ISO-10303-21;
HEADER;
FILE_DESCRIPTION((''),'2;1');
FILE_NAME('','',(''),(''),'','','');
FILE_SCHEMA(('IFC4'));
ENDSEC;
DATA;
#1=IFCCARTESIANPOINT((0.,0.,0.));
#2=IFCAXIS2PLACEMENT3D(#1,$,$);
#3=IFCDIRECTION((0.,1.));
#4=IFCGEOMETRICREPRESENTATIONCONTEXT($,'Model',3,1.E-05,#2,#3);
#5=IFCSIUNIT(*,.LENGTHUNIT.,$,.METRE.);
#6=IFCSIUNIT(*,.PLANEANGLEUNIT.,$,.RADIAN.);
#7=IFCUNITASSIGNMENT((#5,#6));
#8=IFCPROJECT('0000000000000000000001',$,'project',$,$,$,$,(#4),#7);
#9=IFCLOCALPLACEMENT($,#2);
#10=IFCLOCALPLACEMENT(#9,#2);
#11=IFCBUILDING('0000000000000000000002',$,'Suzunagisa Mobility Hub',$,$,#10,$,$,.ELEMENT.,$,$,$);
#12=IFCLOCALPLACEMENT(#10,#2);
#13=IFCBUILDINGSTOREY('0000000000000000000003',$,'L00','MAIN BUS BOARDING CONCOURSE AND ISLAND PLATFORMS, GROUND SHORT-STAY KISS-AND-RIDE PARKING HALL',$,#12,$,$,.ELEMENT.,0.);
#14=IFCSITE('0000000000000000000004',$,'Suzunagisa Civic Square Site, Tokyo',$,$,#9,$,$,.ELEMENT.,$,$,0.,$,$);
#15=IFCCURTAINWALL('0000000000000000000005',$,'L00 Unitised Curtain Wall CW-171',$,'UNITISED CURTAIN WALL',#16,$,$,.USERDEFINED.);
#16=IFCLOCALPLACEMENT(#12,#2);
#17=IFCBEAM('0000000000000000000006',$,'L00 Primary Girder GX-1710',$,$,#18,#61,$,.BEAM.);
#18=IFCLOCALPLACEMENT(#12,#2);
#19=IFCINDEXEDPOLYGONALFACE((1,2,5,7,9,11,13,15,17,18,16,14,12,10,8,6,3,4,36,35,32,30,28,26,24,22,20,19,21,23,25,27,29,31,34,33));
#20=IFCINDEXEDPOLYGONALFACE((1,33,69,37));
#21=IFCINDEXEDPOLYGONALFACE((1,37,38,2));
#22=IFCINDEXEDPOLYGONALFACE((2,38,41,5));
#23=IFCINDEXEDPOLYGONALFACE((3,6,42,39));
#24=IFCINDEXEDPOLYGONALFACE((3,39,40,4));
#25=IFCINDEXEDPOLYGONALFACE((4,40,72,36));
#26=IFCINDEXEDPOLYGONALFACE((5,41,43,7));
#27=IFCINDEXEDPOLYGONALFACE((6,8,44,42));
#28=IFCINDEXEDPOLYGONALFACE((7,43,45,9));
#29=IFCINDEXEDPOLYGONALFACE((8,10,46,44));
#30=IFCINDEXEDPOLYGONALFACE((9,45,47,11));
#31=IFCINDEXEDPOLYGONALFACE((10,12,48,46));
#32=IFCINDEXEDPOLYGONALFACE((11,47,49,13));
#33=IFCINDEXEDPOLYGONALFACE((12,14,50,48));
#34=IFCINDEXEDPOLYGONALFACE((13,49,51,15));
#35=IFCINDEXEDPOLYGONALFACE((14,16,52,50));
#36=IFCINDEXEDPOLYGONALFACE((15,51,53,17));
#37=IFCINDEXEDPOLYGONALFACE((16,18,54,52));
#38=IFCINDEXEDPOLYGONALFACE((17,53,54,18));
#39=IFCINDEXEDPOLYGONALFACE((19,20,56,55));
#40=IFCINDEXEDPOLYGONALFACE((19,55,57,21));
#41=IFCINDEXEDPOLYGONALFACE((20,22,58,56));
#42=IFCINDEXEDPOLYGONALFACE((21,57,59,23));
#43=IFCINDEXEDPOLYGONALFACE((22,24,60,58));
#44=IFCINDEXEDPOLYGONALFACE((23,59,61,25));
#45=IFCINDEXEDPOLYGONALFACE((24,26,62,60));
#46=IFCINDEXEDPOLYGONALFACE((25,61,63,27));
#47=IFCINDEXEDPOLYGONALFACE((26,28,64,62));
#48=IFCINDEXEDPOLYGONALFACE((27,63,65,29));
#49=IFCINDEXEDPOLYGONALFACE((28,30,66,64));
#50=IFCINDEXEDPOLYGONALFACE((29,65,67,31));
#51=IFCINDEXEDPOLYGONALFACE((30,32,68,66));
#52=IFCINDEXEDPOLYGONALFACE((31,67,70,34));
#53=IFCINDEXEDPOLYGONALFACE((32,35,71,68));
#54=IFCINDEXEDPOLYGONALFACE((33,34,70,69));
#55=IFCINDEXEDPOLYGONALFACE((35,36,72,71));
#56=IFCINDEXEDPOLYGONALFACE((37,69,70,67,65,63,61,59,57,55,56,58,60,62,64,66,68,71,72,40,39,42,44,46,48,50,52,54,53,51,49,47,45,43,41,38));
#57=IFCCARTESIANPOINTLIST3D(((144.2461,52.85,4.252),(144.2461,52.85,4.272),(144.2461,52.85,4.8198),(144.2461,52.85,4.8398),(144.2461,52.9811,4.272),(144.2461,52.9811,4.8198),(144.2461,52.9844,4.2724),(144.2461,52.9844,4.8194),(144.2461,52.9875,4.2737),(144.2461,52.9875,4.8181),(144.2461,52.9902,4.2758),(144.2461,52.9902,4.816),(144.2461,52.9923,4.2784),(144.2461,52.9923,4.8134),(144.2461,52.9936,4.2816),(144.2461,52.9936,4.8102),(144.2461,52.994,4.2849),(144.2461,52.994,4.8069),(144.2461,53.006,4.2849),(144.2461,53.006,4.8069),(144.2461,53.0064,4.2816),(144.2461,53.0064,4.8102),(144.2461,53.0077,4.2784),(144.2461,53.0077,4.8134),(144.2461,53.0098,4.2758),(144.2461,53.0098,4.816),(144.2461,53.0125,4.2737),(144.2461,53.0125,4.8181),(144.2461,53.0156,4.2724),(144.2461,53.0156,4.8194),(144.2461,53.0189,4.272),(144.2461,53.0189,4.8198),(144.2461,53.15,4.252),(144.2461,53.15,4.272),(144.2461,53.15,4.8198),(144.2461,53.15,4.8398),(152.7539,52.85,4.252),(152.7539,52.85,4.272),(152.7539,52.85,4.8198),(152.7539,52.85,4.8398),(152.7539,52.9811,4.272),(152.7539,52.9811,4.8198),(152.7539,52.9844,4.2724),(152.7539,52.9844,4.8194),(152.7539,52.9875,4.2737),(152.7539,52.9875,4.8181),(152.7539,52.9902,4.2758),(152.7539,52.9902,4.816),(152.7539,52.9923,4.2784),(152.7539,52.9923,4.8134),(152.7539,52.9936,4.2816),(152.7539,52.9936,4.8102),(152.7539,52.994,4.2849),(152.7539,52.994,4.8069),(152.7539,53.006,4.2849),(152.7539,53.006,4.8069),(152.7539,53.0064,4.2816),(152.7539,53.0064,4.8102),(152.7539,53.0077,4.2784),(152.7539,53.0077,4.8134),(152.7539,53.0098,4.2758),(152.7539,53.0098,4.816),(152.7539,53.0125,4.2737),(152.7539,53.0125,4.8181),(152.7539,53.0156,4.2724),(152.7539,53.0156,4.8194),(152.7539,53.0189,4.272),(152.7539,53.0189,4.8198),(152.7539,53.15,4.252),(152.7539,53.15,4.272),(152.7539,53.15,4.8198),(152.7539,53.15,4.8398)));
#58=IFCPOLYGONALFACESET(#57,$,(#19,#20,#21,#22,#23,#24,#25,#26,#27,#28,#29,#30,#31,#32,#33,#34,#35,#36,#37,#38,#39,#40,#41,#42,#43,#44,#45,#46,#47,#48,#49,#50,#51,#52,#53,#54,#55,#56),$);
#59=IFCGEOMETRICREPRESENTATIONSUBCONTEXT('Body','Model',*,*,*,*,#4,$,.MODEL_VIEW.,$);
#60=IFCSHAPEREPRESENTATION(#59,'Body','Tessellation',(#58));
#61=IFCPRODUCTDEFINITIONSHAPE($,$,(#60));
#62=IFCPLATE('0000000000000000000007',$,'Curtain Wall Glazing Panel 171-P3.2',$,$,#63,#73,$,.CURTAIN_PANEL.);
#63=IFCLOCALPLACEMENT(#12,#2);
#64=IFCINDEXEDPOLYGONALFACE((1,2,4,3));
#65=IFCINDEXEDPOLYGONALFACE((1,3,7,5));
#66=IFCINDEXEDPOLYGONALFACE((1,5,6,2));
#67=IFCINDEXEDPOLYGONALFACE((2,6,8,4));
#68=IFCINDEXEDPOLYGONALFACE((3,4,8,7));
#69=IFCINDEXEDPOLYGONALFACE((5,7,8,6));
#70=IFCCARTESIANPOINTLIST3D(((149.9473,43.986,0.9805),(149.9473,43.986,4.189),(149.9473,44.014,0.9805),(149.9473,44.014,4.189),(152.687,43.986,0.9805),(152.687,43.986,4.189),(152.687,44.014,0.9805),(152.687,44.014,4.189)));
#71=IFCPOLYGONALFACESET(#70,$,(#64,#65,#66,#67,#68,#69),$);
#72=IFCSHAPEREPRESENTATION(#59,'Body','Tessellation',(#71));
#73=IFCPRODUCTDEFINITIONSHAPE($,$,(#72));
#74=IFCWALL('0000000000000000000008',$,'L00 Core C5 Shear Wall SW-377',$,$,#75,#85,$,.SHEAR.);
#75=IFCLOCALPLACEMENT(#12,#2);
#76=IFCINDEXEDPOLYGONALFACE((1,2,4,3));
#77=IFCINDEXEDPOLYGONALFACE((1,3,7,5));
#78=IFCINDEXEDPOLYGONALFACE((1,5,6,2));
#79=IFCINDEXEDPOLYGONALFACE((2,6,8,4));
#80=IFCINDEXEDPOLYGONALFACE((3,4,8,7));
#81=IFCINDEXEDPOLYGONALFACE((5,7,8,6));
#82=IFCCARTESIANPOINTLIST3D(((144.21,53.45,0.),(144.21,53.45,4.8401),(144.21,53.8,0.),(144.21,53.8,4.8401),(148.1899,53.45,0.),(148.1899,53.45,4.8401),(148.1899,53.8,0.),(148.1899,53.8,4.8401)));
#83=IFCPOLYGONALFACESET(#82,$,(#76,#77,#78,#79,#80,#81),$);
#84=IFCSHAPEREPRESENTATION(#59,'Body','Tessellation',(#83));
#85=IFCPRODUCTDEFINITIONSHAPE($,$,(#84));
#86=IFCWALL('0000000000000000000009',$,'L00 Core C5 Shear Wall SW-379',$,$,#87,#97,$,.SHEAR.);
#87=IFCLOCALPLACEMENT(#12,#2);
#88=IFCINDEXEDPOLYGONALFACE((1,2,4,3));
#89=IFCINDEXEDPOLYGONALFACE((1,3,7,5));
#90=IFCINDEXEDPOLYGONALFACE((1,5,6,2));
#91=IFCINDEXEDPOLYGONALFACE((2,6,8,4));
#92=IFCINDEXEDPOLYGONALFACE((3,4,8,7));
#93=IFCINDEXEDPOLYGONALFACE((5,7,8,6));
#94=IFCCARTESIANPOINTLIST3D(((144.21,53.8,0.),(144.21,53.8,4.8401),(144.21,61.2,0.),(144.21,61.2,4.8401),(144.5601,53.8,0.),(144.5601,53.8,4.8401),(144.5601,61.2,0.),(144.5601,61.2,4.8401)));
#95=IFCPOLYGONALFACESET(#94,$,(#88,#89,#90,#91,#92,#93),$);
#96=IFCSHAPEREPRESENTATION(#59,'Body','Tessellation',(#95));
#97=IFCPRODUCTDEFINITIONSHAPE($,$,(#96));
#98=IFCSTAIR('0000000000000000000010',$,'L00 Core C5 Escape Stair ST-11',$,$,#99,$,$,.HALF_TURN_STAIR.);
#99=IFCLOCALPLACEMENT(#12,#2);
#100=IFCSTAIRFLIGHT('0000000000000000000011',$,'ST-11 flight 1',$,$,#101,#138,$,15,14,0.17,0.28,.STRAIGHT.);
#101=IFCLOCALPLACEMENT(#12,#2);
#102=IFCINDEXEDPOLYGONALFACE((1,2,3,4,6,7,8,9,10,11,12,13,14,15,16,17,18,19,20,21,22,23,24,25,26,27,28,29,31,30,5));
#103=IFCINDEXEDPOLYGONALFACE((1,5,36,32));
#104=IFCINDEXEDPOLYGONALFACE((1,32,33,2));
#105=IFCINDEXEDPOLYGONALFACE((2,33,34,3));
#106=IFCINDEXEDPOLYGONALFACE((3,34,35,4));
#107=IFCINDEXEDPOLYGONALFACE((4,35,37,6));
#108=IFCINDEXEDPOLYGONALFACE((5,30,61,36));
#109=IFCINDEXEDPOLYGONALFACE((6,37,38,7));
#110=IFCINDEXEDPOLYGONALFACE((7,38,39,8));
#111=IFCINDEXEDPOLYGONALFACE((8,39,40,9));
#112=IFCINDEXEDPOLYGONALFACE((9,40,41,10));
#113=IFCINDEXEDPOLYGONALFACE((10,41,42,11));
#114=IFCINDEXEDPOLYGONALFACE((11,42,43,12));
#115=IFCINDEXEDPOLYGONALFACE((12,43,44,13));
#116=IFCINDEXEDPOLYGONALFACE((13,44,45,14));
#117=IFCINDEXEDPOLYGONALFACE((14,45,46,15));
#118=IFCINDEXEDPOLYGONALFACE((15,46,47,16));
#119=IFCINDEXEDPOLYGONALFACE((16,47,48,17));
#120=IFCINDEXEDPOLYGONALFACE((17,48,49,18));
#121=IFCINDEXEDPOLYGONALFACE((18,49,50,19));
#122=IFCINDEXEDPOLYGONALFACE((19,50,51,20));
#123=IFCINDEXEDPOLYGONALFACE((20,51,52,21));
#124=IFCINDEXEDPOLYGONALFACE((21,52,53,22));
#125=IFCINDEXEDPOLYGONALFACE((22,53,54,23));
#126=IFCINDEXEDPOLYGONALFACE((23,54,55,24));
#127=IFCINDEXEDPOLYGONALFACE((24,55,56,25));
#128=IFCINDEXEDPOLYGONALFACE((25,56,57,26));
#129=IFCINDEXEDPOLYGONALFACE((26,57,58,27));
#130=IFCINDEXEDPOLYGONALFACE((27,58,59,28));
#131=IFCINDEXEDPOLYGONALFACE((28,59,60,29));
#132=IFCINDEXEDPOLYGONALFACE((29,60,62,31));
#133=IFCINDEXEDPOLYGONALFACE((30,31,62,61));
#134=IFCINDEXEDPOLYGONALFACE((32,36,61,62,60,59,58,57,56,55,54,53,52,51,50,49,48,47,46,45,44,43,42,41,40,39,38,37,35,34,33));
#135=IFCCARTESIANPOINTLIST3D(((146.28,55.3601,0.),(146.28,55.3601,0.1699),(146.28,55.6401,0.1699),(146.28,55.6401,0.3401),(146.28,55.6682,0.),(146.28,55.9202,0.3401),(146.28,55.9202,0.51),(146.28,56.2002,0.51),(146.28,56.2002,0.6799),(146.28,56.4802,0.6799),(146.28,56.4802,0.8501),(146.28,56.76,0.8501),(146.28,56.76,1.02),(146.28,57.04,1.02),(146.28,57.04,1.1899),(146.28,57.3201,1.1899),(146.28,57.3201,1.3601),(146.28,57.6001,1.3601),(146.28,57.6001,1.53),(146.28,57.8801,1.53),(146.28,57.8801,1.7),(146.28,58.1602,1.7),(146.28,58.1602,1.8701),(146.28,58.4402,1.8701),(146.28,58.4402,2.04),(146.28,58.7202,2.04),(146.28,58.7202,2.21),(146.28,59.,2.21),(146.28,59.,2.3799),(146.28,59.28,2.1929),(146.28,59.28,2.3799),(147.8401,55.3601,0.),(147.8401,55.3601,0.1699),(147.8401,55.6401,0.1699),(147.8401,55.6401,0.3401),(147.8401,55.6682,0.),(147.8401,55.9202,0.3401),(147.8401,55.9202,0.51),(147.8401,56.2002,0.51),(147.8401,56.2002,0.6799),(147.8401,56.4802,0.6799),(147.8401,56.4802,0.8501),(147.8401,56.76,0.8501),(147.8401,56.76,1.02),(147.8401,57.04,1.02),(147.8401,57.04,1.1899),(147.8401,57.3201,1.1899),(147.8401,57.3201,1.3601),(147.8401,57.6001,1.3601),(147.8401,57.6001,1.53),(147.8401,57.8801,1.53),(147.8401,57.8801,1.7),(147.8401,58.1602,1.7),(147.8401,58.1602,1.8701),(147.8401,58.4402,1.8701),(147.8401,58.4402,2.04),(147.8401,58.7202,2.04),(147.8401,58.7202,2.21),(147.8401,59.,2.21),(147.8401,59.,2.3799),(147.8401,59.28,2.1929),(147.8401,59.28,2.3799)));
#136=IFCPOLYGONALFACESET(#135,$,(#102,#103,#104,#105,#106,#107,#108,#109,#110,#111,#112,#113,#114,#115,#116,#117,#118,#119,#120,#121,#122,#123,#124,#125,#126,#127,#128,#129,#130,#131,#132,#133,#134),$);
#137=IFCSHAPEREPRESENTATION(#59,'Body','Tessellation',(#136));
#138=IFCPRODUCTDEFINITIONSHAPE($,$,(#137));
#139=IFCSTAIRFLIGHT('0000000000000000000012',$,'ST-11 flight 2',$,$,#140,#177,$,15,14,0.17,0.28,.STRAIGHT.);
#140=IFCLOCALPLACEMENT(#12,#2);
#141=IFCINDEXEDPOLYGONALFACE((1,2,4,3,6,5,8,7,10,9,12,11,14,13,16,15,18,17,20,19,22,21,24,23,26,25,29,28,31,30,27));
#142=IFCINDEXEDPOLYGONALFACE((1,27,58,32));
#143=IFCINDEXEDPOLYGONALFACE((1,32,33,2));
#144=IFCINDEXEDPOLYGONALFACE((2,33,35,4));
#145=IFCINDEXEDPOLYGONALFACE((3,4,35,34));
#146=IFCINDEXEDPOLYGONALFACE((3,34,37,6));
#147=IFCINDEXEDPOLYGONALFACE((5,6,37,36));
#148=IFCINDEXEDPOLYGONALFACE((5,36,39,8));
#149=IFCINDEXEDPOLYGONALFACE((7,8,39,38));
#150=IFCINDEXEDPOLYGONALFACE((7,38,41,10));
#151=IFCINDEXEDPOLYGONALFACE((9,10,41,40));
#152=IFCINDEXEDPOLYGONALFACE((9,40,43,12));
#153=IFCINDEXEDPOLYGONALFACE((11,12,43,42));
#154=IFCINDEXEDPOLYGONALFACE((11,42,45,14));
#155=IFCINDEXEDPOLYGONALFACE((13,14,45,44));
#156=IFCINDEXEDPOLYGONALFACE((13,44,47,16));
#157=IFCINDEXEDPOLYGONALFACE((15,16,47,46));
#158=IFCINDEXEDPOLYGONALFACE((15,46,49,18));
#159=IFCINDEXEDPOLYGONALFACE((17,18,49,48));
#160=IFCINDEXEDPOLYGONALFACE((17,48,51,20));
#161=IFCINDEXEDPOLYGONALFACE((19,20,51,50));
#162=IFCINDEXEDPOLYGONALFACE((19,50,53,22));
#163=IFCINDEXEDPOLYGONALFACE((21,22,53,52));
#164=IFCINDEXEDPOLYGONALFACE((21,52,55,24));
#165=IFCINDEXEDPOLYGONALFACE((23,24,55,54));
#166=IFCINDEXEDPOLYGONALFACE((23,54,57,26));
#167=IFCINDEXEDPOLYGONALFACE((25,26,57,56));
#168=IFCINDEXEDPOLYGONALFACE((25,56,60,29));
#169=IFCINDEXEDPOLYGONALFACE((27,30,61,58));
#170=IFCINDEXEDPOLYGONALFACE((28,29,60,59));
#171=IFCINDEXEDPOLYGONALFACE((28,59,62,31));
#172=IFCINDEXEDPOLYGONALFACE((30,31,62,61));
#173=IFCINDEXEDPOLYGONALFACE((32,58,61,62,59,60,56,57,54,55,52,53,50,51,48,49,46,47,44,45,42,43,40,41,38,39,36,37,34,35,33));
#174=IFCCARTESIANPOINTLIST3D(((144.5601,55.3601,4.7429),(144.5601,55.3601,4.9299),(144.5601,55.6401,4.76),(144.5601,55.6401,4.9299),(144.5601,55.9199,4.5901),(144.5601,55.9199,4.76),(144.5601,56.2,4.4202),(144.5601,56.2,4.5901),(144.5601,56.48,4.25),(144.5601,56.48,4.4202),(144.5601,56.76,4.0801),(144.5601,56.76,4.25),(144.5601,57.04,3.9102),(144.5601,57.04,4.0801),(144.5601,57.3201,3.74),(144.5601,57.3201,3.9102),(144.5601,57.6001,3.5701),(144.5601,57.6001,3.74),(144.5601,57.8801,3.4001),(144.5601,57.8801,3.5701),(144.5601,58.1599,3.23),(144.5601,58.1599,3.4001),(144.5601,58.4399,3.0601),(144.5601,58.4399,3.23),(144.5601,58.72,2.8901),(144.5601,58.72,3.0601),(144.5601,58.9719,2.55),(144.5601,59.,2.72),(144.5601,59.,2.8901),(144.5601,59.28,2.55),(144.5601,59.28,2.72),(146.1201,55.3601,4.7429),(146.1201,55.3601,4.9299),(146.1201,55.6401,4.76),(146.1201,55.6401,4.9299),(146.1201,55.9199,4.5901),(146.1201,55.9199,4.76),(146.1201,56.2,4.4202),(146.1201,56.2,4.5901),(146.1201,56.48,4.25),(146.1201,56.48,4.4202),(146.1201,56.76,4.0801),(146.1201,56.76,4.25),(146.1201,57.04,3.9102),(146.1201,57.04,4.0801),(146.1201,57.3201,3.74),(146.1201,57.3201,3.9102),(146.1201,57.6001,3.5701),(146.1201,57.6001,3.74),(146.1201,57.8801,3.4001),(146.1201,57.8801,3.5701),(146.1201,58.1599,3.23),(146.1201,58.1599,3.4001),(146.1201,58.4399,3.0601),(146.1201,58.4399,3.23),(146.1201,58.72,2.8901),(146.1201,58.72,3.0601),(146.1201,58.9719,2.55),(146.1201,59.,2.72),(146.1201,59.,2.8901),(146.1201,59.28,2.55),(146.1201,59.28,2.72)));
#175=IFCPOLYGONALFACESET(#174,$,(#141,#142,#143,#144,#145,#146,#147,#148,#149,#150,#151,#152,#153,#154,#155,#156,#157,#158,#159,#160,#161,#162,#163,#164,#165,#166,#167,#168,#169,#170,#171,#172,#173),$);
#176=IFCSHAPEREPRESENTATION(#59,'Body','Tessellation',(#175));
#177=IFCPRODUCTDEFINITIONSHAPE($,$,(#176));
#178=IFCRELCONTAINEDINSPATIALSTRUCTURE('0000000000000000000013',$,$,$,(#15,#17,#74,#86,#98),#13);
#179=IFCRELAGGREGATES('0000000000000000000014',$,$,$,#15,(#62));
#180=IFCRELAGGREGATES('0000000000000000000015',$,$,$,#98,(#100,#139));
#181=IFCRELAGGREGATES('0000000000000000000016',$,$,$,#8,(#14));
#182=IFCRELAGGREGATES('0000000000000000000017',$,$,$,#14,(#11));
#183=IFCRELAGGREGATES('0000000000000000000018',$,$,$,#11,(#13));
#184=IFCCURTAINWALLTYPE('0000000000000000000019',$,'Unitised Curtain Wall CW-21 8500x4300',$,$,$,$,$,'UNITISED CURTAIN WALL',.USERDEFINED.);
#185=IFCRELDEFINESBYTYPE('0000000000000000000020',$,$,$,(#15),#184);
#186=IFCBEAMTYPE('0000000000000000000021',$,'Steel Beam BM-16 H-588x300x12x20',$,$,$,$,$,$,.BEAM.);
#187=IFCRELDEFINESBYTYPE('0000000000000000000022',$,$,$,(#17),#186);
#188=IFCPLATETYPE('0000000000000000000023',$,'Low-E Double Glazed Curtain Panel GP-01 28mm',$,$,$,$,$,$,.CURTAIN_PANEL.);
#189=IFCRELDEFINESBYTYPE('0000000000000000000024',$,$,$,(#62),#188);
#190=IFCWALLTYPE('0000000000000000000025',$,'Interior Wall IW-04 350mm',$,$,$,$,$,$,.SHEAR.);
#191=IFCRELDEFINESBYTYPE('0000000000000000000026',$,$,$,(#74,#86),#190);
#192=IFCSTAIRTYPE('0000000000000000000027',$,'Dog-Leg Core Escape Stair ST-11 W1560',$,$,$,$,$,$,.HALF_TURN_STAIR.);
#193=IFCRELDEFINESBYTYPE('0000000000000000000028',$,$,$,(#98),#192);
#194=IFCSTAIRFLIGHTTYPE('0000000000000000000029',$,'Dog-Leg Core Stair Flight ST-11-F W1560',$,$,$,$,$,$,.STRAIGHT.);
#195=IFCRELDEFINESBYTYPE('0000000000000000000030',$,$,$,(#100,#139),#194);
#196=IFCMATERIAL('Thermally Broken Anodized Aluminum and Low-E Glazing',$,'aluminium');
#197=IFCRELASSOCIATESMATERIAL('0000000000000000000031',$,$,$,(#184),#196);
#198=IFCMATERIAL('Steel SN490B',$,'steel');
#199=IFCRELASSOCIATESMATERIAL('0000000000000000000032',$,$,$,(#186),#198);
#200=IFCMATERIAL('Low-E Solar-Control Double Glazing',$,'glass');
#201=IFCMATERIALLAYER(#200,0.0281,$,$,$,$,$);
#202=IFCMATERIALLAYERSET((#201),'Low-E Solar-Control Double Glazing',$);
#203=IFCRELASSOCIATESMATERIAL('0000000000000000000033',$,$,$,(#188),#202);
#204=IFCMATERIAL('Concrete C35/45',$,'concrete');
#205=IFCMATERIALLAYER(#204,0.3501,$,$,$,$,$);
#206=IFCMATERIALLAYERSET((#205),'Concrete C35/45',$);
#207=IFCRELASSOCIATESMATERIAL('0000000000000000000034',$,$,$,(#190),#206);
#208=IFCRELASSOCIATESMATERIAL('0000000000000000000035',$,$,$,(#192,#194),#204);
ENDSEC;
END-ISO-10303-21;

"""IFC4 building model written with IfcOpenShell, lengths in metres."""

from ifc_helpers import new_model, si_unit, direction, frame, frame_2d, origin, origin_2d, place, context, subcontext, project, spatial, polyline, rectangle, i_section, outline, extrude, material, layer, layer_set, material_profile, profile_set, type_object, element, aggregate, save


model = new_model("IFC4")

# Units and contexts
model_context = context("Model", 3, precision=1e-05, world=origin(), true_north=direction((0.0, 1.0)))
body_context = subcontext(model_context, "Body", "Model", "MODEL_VIEW")
ifc_project = project(units=[si_unit("LENGTHUNIT", "METRE"), si_unit("PLANEANGLEUNIT", "RADIAN")], contexts=[model_context])

# Site, building, storey
site_placement = place(None, origin())
site = spatial("IfcSite", under=ifc_project, at=site_placement, Name="Suzunagisa Civic Square Site, Tokyo", CompositionType="ELEMENT", RefElevation=0.0)
building_placement = place(site_placement, origin())
building = spatial("IfcBuilding", under=site, at=building_placement, Name="Suzunagisa Mobility Hub", CompositionType="ELEMENT")
storey_placement = place(building_placement, origin())
storey = spatial("IfcBuildingStorey", under=building, at=storey_placement, Name="L00", Description="MAIN BUS BOARDING CONCOURSE AND ISLAND PLATFORMS, GROUND SHORT-STAY KISS-AND-RIDE PARKING HALL", CompositionType="ELEMENT", Elevation=0.0)

# Shared definitions
ifc_material_1 = material(Name="Steel SN490B", Category="steel")

# Curtain wall
ifc_material_2 = material(Name="Thermally Broken Anodized Aluminum and Low-E Glazing", Category="aluminium")
curtain_wall_type = type_object("IfcCurtainWallType", Name="Unitised Curtain Wall CW-21 8500x4300", ElementType="UNITISED CURTAIN WALL", PredefinedType="USERDEFINED", material=ifc_material_2)
curtain_wall_placement = place(storey_placement, origin())
curtain_wall = element("IfcCurtainWall", 1, at=curtain_wall_placement, inside=storey, type_object=curtain_wall_type, Name="L00 Unitised Curtain Wall CW-171", ObjectType="UNITISED CURTAIN WALL", PredefinedType="USERDEFINED")

# Beam
ifc_material_profile_1 = material_profile(ifc_material_1, i_section(OverallWidth=0.3, OverallDepth=0.5879, WebThickness=0.012, FlangeThickness=0.02, FilletRadius=0.0129, at=origin_2d()), Name="H-588x300x12x20")
ifc_profile_set_1 = profile_set([ifc_material_profile_1], Name="Steel SN490B")
beam_type_1 = type_object("IfcBeamType", Name="Steel Beam BM-16 H-588x300x12x20", PredefinedType="BEAM", material=ifc_profile_set_1)
beam_1_placement = place(storey_placement, frame((144.2461, 53.0, 4.5459), z_axis=(1.0, 0.0, 0.0), x_axis=(0.0, 1.0, 0.0)))
element("IfcBeam", 2, at=beam_1_placement, inside=storey, type_object=beam_type_1, Name="L00 Primary Girder GX-1710", PredefinedType="BEAM", context=body_context, shape_type="SweptSolid", body=[
    extrude(i_section(OverallWidth=0.3, OverallDepth=0.5879, WebThickness=0.012, FlangeThickness=0.02, FilletRadius=0.0129, at=origin_2d()), origin(), (0.0, 0.0, 1.0), 8.5078),
])

# Plate
ifc_material_3 = material(Name="Low-E Solar-Control Double Glazing", Category="glass")
ifc_layer_1 = layer(ifc_material_3, 0.0281)
ifc_layer_set_1 = layer_set([ifc_layer_1], Name="Low-E Solar-Control Double Glazing")
plate_type = type_object("IfcPlateType", Name="Low-E Double Glazed Curtain Panel GP-01 28mm", PredefinedType="CURTAIN_PANEL", material=ifc_layer_set_1)
plate_placement = place(storey_placement, frame((151.3171, 44.0, 0.9805), z_axis=(0.0, 0.0, 1.0), x_axis=(1.0, 0.0, 0.0)))
plate = element("IfcPlate", 3, at=plate_placement, type_object=plate_type, Name="Curtain Wall Glazing Panel 171-P3.2", PredefinedType="CURTAIN_PANEL", context=body_context, shape_type="SweptSolid", body=[
    extrude(rectangle(XDim=2.7397, YDim=0.0281, at=origin_2d()), origin(), (0.0, 0.0, 1.0), 3.2085),
])
aggregate(curtain_wall, [plate])

# Walls
ifc_material_4 = material(Name="Concrete C35/45", Category="concrete")
ifc_layer_2 = layer(ifc_material_4, 0.3501)
ifc_layer_set_2 = layer_set([ifc_layer_2], Name="Concrete C35/45")
wall_type_1 = type_object("IfcWallType", Name="Interior Wall IW-04 350mm", PredefinedType="SHEAR", material=ifc_layer_set_2)
wall_1_placement = place(storey_placement, frame((144.21, 53.625, 0.0), z_axis=(0.0, 0.0, 1.0), x_axis=(1.0, 0.0, 0.0)))
element("IfcWall", 4, at=wall_1_placement, inside=storey, type_object=wall_type_1, Name="L00 Core C5 Shear Wall SW-377", PredefinedType="SHEAR", context=body_context, shape_type="SweptSolid", body=[
    extrude(rectangle(XDim=3.98, YDim=0.3501, at=frame_2d((1.99, 0.0))), origin(), (0.0, 0.0, 1.0), 4.8401),
])
wall_2_placement = place(storey_placement, frame((144.385, 53.8, 0.0), z_axis=(0.0, 0.0, 1.0), x_axis=(0.0, 1.0, 0.0)))
element("IfcWall", 5, at=wall_2_placement, inside=storey, type_object=wall_type_1, Name="L00 Core C5 Shear Wall SW-379", PredefinedType="SHEAR", context=body_context, shape_type="SweptSolid", body=[
    extrude(rectangle(XDim=7.3999, YDim=0.3501, at=frame_2d((3.7, 0.0))), origin(), (0.0, 0.0, 1.0), 4.8401),
])

# Stair, stair flights
stair_type = type_object("IfcStairType", Name="Dog-Leg Core Escape Stair ST-11 W1560", PredefinedType="HALF_TURN_STAIR", material=ifc_material_4)
stair_placement = place(storey_placement, origin())
stair = element("IfcStair", 6, at=stair_placement, inside=storey, type_object=stair_type, Name="L00 Core C5 Escape Stair ST-11", PredefinedType="HALF_TURN_STAIR")
stair_flight_type = type_object("IfcStairFlightType", Name="Dog-Leg Core Stair Flight ST-11-F W1560", PredefinedType="STRAIGHT", material=ifc_material_4)
stair_flight_1_placement = place(storey_placement, frame((147.0601, 55.3601, 0.0), z_axis=(0.0, 0.0, 1.0), x_axis=(0.0, 1.0, 0.0)))
stair_flight_1 = element("IfcStairFlight", 7, at=stair_flight_1_placement, type_object=stair_flight_type, Name="ST-11 flight 1", NumberOfRisers=15, NumberOfTreads=14, PredefinedType="STRAIGHT", RiserHeight=0.17, TreadLength=0.28, context=body_context, shape_type="SweptSolid", body=[
    extrude(outline(polyline([(0.0, 0.0), (0.0, 0.1699), (0.28, 0.1699), (0.28, 0.3401), (0.5601, 0.3401), (0.5601, 0.51), (0.8401, 0.51), (0.8401, 0.6799), (1.1201, 0.6799), (1.1201, 0.8501), (1.3999, 0.8501), (1.3999, 1.02), (1.6799, 1.02), (1.6799, 1.1899), (1.96, 1.1899), (1.96, 1.3601), (2.24, 1.3601), (2.24, 1.53), (2.52, 1.53), (2.52, 1.7), (2.8, 1.7), (2.8, 1.8701), (3.0801, 1.8701), (3.0801, 2.04), (3.3601, 2.04), (3.3601, 2.21), (3.6399, 2.21), (3.6399, 2.3799), (3.9199, 2.3799), (3.9199, 2.55), (3.9199, 2.1929), (0.3081, 0.0), (0.0, 0.0)])), frame((0.0, 0.78, 0.0), z_axis=(0.0, -1.0, 0.0), x_axis=(1.0, 0.0, 0.0)), (0.0, 0.0, 1.0), 1.5601),
])
stair_flight_2_placement = place(storey_placement, frame((145.3401, 59.28, 2.55), z_axis=(0.0, 0.0, 1.0), x_axis=(0.0, -1.0, 0.0)))
stair_flight_2 = element("IfcStairFlight", 8, at=stair_flight_2_placement, type_object=stair_flight_type, Name="ST-11 flight 2", NumberOfRisers=15, NumberOfTreads=14, PredefinedType="STRAIGHT", RiserHeight=0.17, TreadLength=0.28, context=body_context, shape_type="SweptSolid", body=[
    extrude(outline(polyline([(0.0, 0.0), (0.0, 0.1699), (0.28, 0.1699), (0.28, 0.3401), (0.5601, 0.3401), (0.5601, 0.51), (0.8401, 0.51), (0.8401, 0.6799), (1.1201, 0.6799), (1.1201, 0.8501), (1.3999, 0.8501), (1.3999, 1.02), (1.6799, 1.02), (1.6799, 1.1899), (1.96, 1.1899), (1.96, 1.3601), (2.24, 1.3601), (2.24, 1.53), (2.52, 1.53), (2.52, 1.7), (2.8, 1.7), (2.8, 1.8701), (3.0801, 1.8701), (3.0801, 2.04), (3.3601, 2.04), (3.3601, 2.21), (3.6399, 2.21), (3.6399, 2.3799), (3.9199, 2.3799), (3.9199, 2.55), (3.9199, 2.1929), (0.3081, 0.0), (0.0, 0.0)])), frame((0.0, 0.78, 0.0), z_axis=(0.0, -1.0, 0.0), x_axis=(1.0, 0.0, 0.0)), (0.0, 0.0, 1.0), 1.5601),
])
aggregate(stair, [stair_flight_1, stair_flight_2])

save(model, "model.ifc")
